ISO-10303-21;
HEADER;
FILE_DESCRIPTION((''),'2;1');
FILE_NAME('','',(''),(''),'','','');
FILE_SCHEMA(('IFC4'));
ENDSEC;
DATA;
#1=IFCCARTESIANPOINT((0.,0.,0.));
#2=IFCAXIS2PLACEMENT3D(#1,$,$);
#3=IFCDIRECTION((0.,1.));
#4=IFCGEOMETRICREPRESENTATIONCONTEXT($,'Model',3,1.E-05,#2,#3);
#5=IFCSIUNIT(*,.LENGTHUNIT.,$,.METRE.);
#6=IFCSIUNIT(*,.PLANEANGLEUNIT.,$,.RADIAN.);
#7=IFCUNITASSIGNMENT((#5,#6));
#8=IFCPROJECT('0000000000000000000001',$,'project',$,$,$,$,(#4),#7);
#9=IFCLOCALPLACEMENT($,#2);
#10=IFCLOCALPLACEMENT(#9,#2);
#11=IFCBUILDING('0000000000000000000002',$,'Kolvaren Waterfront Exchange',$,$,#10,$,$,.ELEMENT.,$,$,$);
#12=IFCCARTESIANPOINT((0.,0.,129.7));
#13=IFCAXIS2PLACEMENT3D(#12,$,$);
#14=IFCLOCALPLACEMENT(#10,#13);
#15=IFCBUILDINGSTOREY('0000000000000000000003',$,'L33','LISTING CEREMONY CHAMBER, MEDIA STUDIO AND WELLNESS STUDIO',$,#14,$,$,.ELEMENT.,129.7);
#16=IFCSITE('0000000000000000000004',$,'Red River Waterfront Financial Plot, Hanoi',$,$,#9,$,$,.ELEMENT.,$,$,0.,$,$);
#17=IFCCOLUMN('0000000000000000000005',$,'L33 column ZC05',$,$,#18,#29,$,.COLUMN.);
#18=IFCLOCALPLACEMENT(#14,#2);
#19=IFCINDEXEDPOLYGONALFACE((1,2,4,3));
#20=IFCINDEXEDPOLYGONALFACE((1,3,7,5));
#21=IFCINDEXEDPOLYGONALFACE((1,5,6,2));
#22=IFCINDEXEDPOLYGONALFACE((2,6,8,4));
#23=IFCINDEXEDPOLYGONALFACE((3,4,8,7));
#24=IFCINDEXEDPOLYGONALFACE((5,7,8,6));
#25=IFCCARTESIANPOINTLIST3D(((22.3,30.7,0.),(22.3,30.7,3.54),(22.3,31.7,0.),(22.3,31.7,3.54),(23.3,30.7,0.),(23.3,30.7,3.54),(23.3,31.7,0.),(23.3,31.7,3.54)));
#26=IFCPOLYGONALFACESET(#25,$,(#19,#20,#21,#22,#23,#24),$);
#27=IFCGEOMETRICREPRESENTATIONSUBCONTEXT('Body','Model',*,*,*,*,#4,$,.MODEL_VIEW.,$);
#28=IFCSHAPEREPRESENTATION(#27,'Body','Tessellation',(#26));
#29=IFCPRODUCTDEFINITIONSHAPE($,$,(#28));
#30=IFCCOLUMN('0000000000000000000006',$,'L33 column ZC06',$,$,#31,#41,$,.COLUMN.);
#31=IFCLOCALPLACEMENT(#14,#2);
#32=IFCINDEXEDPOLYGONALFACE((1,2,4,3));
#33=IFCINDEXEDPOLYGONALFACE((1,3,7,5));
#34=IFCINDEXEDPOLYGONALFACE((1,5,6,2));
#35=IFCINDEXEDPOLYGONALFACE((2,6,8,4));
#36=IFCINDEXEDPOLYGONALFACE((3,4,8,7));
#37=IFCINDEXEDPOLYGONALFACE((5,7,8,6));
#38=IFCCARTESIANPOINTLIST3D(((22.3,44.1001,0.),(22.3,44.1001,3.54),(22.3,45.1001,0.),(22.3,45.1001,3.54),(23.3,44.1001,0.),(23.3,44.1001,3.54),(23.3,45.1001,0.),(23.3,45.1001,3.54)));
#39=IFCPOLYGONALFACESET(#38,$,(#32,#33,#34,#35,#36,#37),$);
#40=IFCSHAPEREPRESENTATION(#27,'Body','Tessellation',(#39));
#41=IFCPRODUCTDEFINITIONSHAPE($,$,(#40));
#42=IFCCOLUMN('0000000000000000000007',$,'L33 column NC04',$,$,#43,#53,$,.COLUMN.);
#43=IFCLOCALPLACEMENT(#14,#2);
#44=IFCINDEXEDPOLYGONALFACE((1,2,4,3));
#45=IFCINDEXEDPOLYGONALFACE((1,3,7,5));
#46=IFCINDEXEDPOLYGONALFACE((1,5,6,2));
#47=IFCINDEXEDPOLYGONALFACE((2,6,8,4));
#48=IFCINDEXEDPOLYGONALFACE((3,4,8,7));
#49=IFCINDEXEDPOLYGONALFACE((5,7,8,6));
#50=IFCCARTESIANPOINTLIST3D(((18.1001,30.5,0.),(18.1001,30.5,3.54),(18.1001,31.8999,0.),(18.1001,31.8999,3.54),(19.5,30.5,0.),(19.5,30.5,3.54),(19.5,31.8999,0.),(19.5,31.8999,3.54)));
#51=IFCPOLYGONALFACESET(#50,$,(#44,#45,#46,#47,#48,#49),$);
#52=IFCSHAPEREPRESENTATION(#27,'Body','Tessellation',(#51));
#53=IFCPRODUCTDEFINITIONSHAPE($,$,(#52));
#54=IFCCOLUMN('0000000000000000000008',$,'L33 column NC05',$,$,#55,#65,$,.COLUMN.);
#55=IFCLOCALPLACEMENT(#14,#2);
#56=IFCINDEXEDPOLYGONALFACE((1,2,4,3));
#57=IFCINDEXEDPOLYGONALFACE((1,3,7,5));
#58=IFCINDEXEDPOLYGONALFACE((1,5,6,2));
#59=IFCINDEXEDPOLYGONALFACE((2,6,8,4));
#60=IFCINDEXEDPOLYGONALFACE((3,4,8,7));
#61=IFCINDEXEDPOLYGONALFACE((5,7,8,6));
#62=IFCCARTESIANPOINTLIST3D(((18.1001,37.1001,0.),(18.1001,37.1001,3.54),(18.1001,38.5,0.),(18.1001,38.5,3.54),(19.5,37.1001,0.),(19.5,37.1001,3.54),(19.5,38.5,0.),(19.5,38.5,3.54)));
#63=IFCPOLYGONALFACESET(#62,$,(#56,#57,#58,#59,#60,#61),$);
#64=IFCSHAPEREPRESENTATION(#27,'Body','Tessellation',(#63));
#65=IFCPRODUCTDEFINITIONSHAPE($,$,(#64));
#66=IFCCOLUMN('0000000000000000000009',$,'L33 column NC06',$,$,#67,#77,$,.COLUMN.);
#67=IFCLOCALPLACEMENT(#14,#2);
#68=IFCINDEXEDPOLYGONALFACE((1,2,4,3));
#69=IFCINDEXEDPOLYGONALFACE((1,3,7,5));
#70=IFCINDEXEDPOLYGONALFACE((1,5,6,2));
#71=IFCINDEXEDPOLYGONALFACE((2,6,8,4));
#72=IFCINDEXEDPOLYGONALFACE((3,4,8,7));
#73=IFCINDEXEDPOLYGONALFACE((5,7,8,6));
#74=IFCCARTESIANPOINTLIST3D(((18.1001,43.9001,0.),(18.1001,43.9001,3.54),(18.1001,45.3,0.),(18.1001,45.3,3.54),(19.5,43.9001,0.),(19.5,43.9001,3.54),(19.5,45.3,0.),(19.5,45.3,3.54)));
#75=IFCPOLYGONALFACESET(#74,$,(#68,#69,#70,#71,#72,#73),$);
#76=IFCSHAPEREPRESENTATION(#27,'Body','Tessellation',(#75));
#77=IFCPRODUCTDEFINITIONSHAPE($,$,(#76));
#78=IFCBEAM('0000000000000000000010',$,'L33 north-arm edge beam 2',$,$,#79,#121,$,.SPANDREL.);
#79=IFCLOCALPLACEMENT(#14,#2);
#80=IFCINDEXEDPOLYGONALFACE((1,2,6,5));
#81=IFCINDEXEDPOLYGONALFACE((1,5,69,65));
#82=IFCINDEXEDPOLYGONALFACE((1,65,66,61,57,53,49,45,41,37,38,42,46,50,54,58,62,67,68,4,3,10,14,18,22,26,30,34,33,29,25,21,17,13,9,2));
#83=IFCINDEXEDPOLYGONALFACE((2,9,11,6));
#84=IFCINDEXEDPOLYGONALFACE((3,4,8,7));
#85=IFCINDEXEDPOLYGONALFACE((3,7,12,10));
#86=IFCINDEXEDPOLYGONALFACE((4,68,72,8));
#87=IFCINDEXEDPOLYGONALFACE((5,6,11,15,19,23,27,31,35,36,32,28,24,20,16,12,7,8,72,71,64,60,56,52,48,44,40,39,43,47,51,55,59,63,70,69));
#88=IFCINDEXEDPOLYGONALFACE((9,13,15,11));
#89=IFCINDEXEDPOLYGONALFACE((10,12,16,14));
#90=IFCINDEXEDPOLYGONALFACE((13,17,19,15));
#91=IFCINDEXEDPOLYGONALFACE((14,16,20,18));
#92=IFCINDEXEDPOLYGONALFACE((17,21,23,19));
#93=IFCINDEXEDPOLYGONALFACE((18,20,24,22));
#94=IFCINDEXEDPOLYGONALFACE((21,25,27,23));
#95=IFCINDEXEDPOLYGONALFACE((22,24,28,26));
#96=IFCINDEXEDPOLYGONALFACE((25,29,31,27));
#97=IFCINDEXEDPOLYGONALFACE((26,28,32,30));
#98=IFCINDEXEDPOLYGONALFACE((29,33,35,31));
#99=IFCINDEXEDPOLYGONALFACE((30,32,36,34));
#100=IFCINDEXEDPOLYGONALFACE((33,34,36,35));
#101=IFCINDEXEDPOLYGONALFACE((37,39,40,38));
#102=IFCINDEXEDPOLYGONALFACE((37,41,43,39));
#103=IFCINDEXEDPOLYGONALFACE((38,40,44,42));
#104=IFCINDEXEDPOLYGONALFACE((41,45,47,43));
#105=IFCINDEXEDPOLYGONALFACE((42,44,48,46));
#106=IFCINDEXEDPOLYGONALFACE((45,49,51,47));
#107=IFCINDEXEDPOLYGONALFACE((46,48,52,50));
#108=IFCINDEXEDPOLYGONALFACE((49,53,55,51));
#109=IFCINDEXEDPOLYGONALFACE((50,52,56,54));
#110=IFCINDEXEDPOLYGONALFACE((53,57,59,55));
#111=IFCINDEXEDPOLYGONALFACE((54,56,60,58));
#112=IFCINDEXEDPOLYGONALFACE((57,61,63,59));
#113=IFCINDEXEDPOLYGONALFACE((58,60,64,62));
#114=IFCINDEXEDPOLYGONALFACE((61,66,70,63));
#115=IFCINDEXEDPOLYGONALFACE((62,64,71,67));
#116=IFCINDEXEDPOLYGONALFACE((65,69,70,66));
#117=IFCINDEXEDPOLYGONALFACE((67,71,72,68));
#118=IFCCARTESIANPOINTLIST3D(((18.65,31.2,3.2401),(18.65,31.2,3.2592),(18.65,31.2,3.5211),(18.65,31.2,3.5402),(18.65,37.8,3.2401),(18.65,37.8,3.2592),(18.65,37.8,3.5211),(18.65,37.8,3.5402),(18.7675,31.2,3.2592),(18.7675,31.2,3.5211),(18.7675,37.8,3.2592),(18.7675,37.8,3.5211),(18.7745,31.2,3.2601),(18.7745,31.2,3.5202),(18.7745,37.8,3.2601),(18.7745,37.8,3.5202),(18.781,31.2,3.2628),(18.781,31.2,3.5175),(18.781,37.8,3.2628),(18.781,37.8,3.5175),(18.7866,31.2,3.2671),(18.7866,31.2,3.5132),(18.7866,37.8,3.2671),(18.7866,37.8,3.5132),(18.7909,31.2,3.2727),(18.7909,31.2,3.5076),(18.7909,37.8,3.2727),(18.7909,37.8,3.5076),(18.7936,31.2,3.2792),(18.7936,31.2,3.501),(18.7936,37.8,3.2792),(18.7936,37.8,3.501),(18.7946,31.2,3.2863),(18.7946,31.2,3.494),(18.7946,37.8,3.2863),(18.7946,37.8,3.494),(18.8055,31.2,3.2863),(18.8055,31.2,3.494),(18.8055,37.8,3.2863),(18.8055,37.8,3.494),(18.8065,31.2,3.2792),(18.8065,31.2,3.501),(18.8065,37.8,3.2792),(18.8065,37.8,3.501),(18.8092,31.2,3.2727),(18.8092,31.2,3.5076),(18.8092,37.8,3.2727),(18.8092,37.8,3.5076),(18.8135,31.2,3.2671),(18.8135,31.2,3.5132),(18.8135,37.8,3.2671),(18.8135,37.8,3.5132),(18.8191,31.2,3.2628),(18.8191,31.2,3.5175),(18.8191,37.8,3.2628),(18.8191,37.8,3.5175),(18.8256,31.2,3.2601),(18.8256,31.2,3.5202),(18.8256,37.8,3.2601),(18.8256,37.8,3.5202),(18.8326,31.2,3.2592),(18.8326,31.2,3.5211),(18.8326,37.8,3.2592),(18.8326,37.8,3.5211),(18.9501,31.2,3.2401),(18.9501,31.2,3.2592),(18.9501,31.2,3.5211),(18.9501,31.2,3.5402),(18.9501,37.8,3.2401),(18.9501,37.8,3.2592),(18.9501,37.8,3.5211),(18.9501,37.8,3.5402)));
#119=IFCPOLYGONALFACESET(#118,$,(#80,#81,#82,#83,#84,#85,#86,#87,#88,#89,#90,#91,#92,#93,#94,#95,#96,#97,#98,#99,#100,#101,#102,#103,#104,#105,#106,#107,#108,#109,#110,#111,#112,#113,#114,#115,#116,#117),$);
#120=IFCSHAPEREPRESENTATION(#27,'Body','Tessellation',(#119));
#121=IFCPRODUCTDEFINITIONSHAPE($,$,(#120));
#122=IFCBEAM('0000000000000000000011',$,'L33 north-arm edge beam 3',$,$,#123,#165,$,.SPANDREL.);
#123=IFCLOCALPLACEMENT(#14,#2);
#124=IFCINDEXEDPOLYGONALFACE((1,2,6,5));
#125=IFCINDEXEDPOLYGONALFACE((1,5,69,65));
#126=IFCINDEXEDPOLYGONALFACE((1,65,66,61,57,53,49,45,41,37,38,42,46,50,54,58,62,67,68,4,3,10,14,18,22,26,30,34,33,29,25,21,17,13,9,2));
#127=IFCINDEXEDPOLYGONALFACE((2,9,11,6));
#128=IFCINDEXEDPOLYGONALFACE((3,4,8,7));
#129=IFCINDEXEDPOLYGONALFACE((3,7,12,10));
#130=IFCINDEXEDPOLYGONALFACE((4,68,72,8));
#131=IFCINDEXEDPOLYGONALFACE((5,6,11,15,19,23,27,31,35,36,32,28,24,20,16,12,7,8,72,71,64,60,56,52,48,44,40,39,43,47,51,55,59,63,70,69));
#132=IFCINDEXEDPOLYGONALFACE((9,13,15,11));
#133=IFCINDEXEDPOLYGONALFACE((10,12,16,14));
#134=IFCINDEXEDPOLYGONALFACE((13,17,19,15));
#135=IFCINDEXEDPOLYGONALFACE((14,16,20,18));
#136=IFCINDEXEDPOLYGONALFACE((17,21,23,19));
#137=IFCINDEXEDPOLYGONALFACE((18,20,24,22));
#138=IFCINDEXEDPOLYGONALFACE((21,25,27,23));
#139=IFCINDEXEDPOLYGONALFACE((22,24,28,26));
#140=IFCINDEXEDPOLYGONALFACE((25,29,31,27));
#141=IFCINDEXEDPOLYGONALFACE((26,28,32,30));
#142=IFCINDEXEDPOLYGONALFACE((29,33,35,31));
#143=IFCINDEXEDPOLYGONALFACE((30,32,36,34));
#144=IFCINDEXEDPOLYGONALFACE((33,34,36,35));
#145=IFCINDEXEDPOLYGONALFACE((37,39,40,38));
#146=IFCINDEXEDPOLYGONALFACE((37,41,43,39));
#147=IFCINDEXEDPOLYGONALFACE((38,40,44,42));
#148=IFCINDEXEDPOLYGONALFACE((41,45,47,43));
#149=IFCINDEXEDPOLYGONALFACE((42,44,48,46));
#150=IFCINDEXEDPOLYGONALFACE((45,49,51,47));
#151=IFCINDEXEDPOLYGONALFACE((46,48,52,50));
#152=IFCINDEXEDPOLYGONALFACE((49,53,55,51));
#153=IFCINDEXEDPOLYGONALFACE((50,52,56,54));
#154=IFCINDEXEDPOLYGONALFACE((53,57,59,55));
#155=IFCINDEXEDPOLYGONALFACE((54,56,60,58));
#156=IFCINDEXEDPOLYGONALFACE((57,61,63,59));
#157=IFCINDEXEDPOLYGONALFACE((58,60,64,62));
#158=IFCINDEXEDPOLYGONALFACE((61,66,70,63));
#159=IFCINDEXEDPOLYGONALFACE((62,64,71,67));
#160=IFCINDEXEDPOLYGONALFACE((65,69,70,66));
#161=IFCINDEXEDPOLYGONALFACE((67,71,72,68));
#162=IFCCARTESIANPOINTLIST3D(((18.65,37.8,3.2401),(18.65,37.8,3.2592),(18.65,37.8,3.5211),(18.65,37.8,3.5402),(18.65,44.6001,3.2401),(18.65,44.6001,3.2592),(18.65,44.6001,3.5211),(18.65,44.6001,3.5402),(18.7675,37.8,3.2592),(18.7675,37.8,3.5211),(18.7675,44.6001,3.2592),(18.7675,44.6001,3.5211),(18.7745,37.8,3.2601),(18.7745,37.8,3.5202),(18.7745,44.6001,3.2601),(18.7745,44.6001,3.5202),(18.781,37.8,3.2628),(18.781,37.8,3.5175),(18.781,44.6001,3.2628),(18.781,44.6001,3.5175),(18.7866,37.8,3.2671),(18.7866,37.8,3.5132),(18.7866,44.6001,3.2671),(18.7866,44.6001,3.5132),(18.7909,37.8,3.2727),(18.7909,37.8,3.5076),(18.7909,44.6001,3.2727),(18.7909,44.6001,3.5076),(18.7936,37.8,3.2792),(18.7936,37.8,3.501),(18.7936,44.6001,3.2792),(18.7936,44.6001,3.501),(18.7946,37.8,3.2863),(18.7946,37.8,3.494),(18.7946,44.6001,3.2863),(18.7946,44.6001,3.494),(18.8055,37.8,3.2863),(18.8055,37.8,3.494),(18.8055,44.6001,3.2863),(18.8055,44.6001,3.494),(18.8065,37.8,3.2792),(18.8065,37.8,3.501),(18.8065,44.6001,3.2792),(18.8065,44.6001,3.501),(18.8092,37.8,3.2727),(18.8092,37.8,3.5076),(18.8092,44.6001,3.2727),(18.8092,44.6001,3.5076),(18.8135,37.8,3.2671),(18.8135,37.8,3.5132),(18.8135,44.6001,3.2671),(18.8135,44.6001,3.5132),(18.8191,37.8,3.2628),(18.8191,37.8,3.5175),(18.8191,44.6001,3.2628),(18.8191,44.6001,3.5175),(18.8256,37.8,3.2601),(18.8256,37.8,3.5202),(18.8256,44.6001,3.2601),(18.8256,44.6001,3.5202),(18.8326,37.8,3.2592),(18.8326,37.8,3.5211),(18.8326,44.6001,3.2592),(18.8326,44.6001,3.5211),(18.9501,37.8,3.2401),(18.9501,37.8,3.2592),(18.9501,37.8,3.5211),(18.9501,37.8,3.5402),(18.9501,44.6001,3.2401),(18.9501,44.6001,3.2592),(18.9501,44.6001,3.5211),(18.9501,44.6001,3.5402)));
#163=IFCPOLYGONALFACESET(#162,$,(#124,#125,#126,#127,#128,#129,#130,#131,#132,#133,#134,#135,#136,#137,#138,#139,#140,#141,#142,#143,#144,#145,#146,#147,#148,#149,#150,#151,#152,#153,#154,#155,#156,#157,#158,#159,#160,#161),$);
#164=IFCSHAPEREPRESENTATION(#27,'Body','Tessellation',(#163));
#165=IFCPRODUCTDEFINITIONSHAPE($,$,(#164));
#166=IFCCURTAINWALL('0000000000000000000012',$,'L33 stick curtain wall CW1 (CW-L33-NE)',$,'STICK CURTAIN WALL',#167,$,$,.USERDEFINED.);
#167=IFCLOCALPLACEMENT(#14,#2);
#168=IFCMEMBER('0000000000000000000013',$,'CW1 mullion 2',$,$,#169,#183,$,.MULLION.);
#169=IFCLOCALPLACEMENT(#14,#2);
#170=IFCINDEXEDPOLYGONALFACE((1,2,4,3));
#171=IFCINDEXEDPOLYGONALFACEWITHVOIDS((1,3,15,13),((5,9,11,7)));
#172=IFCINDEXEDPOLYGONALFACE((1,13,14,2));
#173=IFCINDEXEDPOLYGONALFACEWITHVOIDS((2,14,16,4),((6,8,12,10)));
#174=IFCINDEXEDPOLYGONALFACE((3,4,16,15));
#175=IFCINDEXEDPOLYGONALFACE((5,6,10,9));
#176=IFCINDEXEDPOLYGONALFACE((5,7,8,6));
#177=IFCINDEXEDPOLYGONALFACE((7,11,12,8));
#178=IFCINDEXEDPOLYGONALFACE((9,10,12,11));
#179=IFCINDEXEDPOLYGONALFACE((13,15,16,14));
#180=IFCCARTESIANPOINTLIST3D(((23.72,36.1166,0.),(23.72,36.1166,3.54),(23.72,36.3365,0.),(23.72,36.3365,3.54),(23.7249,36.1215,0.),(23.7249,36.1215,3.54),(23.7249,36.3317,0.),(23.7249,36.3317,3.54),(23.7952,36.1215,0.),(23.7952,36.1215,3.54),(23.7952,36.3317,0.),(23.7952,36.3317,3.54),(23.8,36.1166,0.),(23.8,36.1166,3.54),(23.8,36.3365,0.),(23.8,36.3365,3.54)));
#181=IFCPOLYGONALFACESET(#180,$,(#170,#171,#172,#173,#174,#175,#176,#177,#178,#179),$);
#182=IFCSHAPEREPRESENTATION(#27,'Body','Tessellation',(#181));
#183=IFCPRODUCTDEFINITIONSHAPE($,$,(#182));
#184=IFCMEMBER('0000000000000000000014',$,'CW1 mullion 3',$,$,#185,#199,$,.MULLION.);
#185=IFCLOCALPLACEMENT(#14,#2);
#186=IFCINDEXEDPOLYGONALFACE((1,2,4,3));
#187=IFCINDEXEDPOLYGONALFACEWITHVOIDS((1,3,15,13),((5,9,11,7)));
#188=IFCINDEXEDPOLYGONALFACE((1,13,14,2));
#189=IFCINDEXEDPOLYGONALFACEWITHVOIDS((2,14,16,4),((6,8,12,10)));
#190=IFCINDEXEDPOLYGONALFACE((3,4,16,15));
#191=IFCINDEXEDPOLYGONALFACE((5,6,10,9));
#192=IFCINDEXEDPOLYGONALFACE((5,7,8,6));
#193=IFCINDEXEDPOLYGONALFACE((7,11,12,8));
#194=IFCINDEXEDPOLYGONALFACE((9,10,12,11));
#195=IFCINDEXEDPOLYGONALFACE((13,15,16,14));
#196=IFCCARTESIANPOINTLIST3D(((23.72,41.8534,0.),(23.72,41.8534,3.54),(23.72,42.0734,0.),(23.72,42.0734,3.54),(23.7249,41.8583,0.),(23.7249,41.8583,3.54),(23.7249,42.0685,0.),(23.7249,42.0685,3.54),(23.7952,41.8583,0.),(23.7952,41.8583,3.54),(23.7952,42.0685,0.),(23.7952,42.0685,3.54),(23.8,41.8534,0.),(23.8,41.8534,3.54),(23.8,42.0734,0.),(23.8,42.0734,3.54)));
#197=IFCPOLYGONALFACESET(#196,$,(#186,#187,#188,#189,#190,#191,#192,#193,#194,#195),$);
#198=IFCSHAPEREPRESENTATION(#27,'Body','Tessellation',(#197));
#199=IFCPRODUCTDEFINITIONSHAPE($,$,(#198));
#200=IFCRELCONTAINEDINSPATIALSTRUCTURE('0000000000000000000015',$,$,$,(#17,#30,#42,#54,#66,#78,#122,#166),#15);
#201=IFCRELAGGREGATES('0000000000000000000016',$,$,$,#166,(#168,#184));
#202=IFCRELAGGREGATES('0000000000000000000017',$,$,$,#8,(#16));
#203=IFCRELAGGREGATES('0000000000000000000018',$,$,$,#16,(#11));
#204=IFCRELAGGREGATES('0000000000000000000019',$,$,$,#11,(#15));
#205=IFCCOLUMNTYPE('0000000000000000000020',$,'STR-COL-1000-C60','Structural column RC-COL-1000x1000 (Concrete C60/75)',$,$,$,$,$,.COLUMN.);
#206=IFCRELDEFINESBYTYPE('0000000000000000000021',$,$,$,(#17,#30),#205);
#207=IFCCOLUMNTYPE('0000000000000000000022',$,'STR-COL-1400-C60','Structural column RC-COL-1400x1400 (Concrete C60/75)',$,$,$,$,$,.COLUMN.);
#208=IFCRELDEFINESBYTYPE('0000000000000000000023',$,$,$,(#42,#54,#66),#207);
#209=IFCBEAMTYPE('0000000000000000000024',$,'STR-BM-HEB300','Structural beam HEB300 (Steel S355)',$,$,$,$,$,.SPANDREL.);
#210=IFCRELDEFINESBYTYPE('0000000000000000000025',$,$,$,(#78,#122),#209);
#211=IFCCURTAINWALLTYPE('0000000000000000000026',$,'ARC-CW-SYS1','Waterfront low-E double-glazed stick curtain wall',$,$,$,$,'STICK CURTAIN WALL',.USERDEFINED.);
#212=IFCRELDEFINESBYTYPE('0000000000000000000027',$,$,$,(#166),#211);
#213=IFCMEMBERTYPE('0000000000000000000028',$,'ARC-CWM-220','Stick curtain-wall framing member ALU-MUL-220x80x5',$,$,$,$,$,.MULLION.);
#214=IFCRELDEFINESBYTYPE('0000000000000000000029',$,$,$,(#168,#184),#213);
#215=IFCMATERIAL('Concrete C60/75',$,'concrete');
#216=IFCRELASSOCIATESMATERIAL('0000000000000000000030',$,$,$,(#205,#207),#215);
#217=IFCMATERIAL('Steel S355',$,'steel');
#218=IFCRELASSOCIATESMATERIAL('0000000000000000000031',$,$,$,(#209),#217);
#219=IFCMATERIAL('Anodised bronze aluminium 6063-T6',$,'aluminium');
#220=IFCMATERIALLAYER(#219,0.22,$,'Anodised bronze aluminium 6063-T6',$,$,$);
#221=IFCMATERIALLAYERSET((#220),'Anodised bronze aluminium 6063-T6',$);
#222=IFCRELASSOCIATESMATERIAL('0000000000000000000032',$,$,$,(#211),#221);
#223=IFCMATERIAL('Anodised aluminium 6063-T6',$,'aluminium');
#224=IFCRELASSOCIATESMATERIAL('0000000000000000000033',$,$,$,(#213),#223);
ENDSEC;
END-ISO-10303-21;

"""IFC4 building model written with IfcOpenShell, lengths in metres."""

from ifc_helpers import new_model, si_unit, direction, frame, origin, origin_with_axes, origin_2d, place, context, subcontext, project, spatial, rectangle, hollow_rectangle, i_section, extrude, source, transform, mapped, material, layer, layer_set, material_profile, profile_set, type_object, element, aggregate, save


model = new_model("IFC4")

# Units and contexts
model_context = context("Model", 3, precision=1e-05, world=origin(), true_north=direction((0.0, 1.0)))
body_context = subcontext(model_context, "Body", "Model", "MODEL_VIEW")
ifc_project = project(units=[si_unit("LENGTHUNIT", "METRE"), si_unit("PLANEANGLEUNIT", "RADIAN")], contexts=[model_context])

# Site, building, storey
site_placement = place(None, origin())
site = spatial("IfcSite", under=ifc_project, at=site_placement, Name="Red River Waterfront Financial Plot, Hanoi", CompositionType="ELEMENT", RefElevation=0.0)
building_placement = place(site_placement, origin())
building = spatial("IfcBuilding", under=site, at=building_placement, Name="Kolvaren Waterfront Exchange", CompositionType="ELEMENT")
storey_placement = place(building_placement, frame((0.0, 0.0, 129.7)))
storey = spatial("IfcBuildingStorey", under=building, at=storey_placement, Name="L33", Description="LISTING CEREMONY CHAMBER, MEDIA STUDIO AND WELLNESS STUDIO", CompositionType="ELEMENT", Elevation=129.7)

# Columns
ifc_material_1 = material(Name="Concrete C60/75", Category="concrete")
ifc_material_profile_1 = material_profile(ifc_material_1, rectangle(XDim=1.0, YDim=1.0, at=origin_2d()), Name="RC-COL-1000x1000")
ifc_profile_set_1 = profile_set([ifc_material_profile_1], Name="Concrete C60/75")
column_type_1 = type_object("IfcColumnType", Name="STR-COL-1000-C60", Description="Structural column RC-COL-1000x1000 (Concrete C60/75)", PredefinedType="COLUMN", material=ifc_profile_set_1)
for number, where, z_axis, x_axis, name in (
    (1, (22.8, 31.2, 0.0), (0.0, 0.0, 1.0), (1.0, 0.0, 0.0), "L33 column ZC05"),
    (2, (22.8, 44.6001, 0.0), (0.0, 0.0, 1.0), (1.0, 0.0, 0.0), "L33 column ZC06"),
):
    element("IfcColumn", number, at=place(storey_placement, frame(where, z_axis=z_axis, x_axis=x_axis)), inside=storey, type_object=column_type_1, Name=name, PredefinedType="COLUMN", context=body_context, shape_type="SweptSolid", body=[
        extrude(rectangle(XDim=1.0, YDim=1.0, at=origin_2d()), origin(), (0.0, 0.0, 1.0), 3.54),
    ])
ifc_material_profile_2 = material_profile(ifc_material_1, rectangle(XDim=1.3999, YDim=1.3999, at=origin_2d()), Name="RC-COL-1400x1400")
ifc_profile_set_2 = profile_set([ifc_material_profile_2], Name="Concrete C60/75")
column_type_2 = type_object("IfcColumnType", Name="STR-COL-1400-C60", Description="Structural column RC-COL-1400x1400 (Concrete C60/75)", PredefinedType="COLUMN", material=ifc_profile_set_2)
for number, where, z_axis, x_axis, name in (
    (3, (18.8, 31.2, 0.0), (0.0, 0.0, 1.0), (1.0, 0.0, 0.0), "L33 column NC04"),
    (4, (18.8, 37.8, 0.0), (0.0, 0.0, 1.0), (1.0, 0.0, 0.0), "L33 column NC05"),
    (5, (18.8, 44.6001, 0.0), (0.0, 0.0, 1.0), (1.0, 0.0, 0.0), "L33 column NC06"),
):
    element("IfcColumn", number, at=place(storey_placement, frame(where, z_axis=z_axis, x_axis=x_axis)), inside=storey, type_object=column_type_2, Name=name, PredefinedType="COLUMN", context=body_context, shape_type="SweptSolid", body=[
        extrude(rectangle(XDim=1.3999, YDim=1.3999, at=origin_2d()), origin(), (0.0, 0.0, 1.0), 3.54),
    ])

# Beams
ifc_material_2 = material(Name="Steel S355", Category="steel")
ifc_material_profile_3 = material_profile(ifc_material_2, i_section(OverallWidth=0.3, OverallDepth=0.3, WebThickness=0.011, FlangeThickness=0.019, FilletRadius=0.0271, at=origin_2d()), Name="HEB300")
ifc_profile_set_3 = profile_set([ifc_material_profile_3], Name="Steel S355")
beam_type = type_object("IfcBeamType", Name="STR-BM-HEB300", Description="Structural beam HEB300 (Steel S355)", PredefinedType="SPANDREL", material=ifc_profile_set_3)
beam_1_placement = place(storey_placement, frame((18.8, 31.2, 3.3901), z_axis=(0.0, 1.0, 0.0), x_axis=(-1.0, 0.0, 0.0)))
element("IfcBeam", 6, at=beam_1_placement, inside=storey, type_object=beam_type, Name="L33 north-arm edge beam 2", PredefinedType="SPANDREL", context=body_context, shape_type="SweptSolid", body=[
    extrude(i_section(OverallWidth=0.3, OverallDepth=0.3, WebThickness=0.011, FlangeThickness=0.019, FilletRadius=0.0271, at=origin_2d()), origin(), (0.0, 0.0, 1.0), 6.6001),
])
beam_2_placement = place(storey_placement, frame((18.8, 37.8, 3.3901), z_axis=(0.0, 1.0, 0.0), x_axis=(-1.0, 0.0, 0.0)))
element("IfcBeam", 7, at=beam_2_placement, inside=storey, type_object=beam_type, Name="L33 north-arm edge beam 3", PredefinedType="SPANDREL", context=body_context, shape_type="SweptSolid", body=[
    extrude(i_section(OverallWidth=0.3, OverallDepth=0.3, WebThickness=0.011, FlangeThickness=0.019, FilletRadius=0.0271, at=origin_2d()), origin(), (0.0, 0.0, 1.0), 6.8),
])

# Curtain wall, members
ifc_material_3 = material(Name="Anodised bronze aluminium 6063-T6", Category="aluminium")
ifc_layer_1 = layer(ifc_material_3, 0.22, Name="Anodised bronze aluminium 6063-T6")
ifc_layer_set_1 = layer_set([ifc_layer_1], Name="Anodised bronze aluminium 6063-T6")
curtain_wall_type = type_object("IfcCurtainWallType", Name="ARC-CW-SYS1", Description="Waterfront low-E double-glazed stick curtain wall", ElementType="STICK CURTAIN WALL", PredefinedType="USERDEFINED", material=ifc_layer_set_1)
curtain_wall_placement = place(storey_placement, origin())
curtain_wall = element("IfcCurtainWall", 8, at=curtain_wall_placement, inside=storey, type_object=curtain_wall_type, Name="L33 stick curtain wall CW1 (CW-L33-NE)", ObjectType="STICK CURTAIN WALL", PredefinedType="USERDEFINED")
ifc_material_4 = material(Name="Anodised aluminium 6063-T6", Category="aluminium")
ifc_material_profile_4 = material_profile(ifc_material_4, hollow_rectangle(XDim=0.0801, YDim=0.22, WallThickness=0.0049, at=origin_2d()), Name="ALU-MUL-220x80x5")
ifc_profile_set_4 = profile_set([ifc_material_profile_4], Name="Anodised aluminium 6063-T6")
member_type_1 = type_object("IfcMemberType", Name="ARC-CWM-220", Description="Stick curtain-wall framing member ALU-MUL-220x80x5", PredefinedType="MULLION", material=ifc_profile_set_4)
shared_shape_1 = source(origin_with_axes(), body_context, "Body", "SweptSolid", [
    extrude(hollow_rectangle(XDim=0.0801, YDim=0.22, WallThickness=0.0049, at=origin_2d()), origin(), (0.0, 0.0, 1.0), 3.54),
])
member_1_placement = place(storey_placement, frame((23.76, 36.2266, 0.0), z_axis=(0.0, 0.0, 1.0), x_axis=(-1.0, 0.0, 0.0)))
member_1 = element("IfcMember", 9, at=member_1_placement, type_object=member_type_1, Name="CW1 mullion 2", PredefinedType="MULLION", context=body_context, shape_type="MappedRepresentation", body=[
    mapped(shared_shape_1, transform((0.0, 0.0, 0.0), x_axis=(1.0, 0.0, 0.0), y_axis=(0.0, 1.0, 0.0), z_axis=(0.0, 0.0, 1.0), scale=1.0)),
])
member_2_placement = place(storey_placement, frame((23.76, 41.9634, 0.0), z_axis=(0.0, 0.0, 1.0), x_axis=(-1.0, 0.0, 0.0)))
member_2 = element("IfcMember", 10, at=member_2_placement, type_object=member_type_1, Name="CW1 mullion 3", PredefinedType="MULLION", context=body_context, shape_type="MappedRepresentation", body=[
    mapped(shared_shape_1, transform((0.0, 0.0, 0.0), x_axis=(1.0, 0.0, 0.0), y_axis=(0.0, 1.0, 0.0), z_axis=(0.0, 0.0, 1.0), scale=1.0)),
])
aggregate(curtain_wall, [member_1, member_2])

save(model, "model.ifc")
